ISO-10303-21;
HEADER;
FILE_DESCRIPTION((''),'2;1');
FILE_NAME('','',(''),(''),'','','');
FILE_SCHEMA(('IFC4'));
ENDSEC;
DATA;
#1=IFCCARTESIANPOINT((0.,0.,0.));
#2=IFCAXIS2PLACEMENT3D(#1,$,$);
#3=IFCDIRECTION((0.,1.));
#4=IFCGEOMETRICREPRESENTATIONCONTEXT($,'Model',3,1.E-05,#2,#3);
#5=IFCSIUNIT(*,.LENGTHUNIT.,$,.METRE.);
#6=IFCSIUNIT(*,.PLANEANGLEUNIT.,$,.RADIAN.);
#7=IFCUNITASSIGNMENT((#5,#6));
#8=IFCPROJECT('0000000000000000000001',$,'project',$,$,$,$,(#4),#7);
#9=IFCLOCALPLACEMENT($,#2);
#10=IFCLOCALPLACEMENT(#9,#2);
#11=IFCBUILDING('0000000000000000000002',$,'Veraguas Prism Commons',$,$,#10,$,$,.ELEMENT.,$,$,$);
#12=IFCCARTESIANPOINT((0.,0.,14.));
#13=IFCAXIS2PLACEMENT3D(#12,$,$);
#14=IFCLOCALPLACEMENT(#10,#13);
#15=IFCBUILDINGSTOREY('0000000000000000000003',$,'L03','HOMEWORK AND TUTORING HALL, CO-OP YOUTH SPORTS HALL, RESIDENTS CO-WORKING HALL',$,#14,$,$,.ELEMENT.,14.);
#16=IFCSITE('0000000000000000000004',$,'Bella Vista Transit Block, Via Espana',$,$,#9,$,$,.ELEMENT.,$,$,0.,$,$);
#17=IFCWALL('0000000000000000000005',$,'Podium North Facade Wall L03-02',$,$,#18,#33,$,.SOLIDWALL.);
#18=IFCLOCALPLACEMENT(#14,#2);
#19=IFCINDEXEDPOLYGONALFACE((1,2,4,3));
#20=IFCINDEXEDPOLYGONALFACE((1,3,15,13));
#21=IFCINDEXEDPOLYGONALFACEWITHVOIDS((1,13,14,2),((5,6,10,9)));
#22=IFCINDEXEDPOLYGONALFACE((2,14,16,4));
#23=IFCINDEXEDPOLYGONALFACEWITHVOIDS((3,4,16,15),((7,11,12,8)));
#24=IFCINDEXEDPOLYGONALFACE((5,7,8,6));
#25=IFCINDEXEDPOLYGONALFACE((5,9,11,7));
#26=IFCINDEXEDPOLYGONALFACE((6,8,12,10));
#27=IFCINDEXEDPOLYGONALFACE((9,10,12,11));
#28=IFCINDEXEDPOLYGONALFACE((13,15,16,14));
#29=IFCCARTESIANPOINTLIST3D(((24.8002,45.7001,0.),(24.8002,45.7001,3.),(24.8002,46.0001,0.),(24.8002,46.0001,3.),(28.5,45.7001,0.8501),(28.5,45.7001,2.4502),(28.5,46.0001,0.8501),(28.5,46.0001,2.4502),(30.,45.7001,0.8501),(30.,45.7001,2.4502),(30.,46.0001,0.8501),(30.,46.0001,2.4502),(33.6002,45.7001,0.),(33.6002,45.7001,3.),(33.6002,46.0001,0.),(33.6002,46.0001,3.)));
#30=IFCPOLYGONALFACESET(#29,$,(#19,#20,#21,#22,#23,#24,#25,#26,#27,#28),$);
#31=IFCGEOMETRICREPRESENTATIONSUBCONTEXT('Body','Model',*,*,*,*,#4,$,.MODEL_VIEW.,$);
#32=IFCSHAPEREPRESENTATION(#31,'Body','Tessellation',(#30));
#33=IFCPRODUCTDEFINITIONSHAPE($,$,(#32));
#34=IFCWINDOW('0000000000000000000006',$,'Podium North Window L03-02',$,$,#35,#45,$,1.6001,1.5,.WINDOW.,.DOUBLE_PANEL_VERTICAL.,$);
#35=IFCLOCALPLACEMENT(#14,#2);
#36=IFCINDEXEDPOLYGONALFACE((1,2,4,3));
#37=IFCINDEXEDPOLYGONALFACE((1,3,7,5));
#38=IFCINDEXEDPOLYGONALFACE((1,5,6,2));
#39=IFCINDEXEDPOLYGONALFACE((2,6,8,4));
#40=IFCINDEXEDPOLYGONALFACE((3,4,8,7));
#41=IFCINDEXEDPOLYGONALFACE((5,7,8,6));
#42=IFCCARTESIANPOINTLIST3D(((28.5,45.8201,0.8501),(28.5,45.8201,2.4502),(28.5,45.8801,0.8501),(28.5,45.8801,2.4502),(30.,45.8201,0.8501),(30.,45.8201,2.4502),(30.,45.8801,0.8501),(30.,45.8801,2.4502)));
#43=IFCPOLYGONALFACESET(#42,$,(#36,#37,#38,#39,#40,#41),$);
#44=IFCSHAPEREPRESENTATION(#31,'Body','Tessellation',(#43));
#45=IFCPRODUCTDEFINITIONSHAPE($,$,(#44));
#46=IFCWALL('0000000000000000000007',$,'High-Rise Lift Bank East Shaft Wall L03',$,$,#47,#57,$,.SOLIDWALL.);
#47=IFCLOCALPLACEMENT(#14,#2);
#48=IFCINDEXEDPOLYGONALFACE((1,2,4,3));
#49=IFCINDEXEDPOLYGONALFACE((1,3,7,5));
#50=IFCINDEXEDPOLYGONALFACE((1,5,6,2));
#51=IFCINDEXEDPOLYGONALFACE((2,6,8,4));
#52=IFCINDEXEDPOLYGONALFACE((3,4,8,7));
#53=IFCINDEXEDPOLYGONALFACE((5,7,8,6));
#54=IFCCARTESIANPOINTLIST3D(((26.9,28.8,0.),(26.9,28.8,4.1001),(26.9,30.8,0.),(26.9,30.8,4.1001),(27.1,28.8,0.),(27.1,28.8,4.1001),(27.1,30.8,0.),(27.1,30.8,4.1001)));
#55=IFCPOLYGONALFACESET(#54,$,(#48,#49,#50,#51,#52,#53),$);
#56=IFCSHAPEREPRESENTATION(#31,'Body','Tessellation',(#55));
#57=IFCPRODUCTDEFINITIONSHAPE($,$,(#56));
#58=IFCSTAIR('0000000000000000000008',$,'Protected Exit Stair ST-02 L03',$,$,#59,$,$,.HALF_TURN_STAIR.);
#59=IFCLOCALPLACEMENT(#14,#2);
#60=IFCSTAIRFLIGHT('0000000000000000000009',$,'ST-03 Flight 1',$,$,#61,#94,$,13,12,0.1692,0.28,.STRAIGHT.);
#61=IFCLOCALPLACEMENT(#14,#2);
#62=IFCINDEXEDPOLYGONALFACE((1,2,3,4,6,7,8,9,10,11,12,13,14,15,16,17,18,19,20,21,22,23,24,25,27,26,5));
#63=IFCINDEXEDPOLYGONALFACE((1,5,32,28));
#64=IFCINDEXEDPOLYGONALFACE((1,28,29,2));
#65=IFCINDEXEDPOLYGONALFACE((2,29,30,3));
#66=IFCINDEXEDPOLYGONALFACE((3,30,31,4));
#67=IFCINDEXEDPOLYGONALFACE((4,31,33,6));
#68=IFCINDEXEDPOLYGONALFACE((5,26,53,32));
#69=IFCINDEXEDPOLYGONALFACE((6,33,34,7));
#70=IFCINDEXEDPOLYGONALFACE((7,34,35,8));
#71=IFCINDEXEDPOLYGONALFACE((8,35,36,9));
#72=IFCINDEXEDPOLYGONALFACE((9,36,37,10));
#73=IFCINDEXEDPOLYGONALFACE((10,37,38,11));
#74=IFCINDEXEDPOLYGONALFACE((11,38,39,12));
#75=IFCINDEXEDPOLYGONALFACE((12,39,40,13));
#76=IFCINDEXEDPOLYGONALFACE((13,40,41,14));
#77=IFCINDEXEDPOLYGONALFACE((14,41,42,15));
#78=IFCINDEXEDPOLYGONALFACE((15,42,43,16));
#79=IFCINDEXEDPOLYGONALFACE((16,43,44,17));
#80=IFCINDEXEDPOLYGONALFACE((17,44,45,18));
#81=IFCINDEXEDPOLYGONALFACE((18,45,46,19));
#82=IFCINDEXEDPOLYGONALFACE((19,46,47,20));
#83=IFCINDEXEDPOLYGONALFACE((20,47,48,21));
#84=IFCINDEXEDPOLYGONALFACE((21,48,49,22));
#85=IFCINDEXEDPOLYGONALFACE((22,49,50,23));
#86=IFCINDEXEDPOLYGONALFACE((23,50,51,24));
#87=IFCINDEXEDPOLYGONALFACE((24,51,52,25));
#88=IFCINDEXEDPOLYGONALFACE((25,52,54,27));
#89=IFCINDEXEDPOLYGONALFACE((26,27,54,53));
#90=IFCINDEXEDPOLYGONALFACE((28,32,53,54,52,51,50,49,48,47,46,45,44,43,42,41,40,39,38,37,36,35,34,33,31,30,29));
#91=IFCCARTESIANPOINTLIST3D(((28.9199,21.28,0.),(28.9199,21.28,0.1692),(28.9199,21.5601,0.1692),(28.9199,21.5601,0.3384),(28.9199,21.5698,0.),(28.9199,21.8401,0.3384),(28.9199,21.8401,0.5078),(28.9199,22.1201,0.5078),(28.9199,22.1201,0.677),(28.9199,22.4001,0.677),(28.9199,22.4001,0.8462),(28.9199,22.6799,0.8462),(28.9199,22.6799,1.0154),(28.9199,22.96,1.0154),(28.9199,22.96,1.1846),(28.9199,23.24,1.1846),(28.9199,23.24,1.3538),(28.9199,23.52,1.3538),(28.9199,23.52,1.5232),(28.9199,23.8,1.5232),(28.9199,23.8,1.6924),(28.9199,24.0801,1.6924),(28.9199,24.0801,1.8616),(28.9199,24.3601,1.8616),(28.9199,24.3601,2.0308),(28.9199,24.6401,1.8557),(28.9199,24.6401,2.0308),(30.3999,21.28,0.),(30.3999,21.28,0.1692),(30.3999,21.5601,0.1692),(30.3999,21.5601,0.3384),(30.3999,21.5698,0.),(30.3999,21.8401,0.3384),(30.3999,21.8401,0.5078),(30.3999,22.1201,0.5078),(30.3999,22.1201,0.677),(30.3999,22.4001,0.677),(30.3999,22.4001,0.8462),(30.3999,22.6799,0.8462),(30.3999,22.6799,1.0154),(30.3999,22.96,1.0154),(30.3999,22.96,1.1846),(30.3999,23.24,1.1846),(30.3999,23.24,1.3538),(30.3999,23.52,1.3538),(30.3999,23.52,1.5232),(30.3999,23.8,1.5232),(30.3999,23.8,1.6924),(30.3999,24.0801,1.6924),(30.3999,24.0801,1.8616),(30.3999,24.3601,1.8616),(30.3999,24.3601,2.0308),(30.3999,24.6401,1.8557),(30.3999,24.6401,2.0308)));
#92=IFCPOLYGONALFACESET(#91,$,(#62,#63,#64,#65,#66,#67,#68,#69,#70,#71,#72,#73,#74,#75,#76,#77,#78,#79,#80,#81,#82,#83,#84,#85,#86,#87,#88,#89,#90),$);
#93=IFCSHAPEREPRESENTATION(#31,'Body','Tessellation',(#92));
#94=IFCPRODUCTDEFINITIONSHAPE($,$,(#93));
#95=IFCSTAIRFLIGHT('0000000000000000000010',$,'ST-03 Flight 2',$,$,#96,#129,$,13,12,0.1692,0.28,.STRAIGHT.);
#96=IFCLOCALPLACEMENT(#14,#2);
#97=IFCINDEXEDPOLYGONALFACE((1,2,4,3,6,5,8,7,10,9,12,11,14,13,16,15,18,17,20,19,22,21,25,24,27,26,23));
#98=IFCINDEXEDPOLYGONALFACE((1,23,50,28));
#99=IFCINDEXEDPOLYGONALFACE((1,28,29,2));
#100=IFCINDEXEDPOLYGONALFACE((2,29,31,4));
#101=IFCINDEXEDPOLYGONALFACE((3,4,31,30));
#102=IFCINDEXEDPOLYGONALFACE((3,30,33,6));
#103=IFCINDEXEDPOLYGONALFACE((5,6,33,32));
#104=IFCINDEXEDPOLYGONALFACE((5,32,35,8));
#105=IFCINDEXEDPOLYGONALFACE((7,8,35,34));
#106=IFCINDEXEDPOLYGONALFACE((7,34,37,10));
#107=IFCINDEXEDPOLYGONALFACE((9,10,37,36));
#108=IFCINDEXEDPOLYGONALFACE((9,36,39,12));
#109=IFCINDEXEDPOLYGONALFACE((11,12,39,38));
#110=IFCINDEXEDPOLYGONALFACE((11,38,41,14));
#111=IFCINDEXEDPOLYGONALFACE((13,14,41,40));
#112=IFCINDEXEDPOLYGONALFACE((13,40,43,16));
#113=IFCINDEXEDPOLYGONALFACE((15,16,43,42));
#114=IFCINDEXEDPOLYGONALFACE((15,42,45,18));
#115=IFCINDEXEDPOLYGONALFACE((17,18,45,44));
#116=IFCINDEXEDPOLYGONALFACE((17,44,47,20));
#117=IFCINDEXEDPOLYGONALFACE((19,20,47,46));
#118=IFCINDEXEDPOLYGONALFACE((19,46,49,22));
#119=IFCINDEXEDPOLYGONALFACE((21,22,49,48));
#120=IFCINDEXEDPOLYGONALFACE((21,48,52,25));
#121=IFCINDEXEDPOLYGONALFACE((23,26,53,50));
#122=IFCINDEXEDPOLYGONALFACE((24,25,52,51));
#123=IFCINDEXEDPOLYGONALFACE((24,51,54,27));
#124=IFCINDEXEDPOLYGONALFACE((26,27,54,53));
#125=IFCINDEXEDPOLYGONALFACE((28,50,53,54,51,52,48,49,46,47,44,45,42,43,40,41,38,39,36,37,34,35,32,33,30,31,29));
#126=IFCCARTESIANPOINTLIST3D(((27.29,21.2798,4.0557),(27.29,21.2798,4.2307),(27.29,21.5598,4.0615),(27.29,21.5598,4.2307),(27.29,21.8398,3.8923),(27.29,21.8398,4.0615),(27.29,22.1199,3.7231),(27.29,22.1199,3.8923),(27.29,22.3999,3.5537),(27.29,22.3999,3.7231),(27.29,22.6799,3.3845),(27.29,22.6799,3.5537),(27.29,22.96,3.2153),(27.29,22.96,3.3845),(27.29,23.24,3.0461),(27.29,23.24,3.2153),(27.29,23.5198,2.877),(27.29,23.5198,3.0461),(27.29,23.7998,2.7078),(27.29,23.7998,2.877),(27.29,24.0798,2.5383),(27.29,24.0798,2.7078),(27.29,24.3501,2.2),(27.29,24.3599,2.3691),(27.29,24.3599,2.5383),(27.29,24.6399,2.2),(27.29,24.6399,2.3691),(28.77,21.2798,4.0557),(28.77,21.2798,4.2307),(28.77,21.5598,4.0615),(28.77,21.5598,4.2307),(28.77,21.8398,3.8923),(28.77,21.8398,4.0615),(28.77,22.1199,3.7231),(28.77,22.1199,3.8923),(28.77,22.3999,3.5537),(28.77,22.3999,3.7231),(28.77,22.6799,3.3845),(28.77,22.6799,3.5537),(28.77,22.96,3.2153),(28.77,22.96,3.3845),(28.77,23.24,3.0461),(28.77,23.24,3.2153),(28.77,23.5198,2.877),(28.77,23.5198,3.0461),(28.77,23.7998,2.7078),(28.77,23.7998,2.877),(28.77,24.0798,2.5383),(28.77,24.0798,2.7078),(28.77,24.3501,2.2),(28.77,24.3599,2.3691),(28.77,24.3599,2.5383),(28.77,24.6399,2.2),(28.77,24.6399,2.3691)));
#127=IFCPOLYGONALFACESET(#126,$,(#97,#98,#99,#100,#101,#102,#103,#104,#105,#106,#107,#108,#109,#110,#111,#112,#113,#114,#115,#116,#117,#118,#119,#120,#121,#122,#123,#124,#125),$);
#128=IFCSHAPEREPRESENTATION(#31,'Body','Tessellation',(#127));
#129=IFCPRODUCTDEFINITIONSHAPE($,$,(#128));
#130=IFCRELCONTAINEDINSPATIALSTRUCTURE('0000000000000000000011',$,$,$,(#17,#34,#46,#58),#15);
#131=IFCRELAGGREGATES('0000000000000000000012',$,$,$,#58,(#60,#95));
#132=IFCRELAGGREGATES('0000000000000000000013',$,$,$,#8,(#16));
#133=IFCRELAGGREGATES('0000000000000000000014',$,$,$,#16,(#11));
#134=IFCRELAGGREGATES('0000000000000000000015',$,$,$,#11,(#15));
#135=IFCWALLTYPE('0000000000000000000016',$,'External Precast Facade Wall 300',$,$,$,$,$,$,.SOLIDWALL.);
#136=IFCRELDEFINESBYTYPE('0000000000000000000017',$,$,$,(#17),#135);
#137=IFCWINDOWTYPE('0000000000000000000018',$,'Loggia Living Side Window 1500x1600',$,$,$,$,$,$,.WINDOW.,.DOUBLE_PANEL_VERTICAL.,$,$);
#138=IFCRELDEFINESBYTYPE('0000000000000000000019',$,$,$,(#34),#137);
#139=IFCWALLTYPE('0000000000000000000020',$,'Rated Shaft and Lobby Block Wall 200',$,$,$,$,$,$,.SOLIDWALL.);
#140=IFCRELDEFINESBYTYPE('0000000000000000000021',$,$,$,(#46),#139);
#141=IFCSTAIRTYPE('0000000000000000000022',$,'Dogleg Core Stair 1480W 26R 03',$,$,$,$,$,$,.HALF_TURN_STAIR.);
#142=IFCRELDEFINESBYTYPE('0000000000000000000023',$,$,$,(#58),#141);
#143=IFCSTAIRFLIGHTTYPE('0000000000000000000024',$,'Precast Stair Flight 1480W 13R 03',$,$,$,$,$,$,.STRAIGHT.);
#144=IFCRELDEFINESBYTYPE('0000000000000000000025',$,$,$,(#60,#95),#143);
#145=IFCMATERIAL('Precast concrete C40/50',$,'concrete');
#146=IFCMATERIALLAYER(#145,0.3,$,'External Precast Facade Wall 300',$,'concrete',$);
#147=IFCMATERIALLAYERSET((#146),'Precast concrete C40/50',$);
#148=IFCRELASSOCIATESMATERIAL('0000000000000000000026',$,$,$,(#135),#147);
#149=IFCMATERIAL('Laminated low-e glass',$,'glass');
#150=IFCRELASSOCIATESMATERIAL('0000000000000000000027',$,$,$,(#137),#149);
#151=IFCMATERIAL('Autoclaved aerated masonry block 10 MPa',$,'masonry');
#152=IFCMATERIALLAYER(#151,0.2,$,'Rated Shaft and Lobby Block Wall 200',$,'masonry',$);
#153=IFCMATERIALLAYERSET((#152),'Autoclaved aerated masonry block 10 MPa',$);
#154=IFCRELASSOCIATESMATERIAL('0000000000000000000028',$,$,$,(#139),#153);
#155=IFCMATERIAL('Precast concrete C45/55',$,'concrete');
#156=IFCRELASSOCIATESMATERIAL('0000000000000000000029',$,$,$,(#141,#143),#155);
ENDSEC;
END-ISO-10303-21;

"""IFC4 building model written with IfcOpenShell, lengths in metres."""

from ifc_helpers import new_model, si_unit, direction, frame, frame_2d, origin, place, context, subcontext, project, spatial, polyline, rectangle, outline, extrude, source, transform, mapped, material, layer, layer_set, type_object, element, fill, aggregate, save


model = new_model("IFC4")

# Units and contexts
model_context = context("Model", 3, precision=1e-05, world=origin(), true_north=direction((0.0, 1.0)))
body_context = subcontext(model_context, "Body", "Model", "MODEL_VIEW")
ifc_project = project(units=[si_unit("LENGTHUNIT", "METRE"), si_unit("PLANEANGLEUNIT", "RADIAN")], contexts=[model_context])

# Site, building, storey
site_placement = place(None, origin())
site = spatial("IfcSite", under=ifc_project, at=site_placement, Name="Bella Vista Transit Block, Via Espana", CompositionType="ELEMENT", RefElevation=0.0)
building_placement = place(site_placement, origin())
building = spatial("IfcBuilding", under=site, at=building_placement, Name="Veraguas Prism Commons", CompositionType="ELEMENT")
storey_placement = place(building_placement, frame((0.0, 0.0, 14.0)))
storey = spatial("IfcBuildingStorey", under=building, at=storey_placement, Name="L03", Description="HOMEWORK AND TUTORING HALL, CO-OP YOUTH SPORTS HALL, RESIDENTS CO-WORKING HALL", CompositionType="ELEMENT", Elevation=14.0)

# Shared definitions
ifc_material_1 = material(Name="Autoclaved aerated masonry block 10 MPa", Category="masonry")

# Wall, opening, window
ifc_material_2 = material(Name="Precast concrete C40/50", Category="concrete")
ifc_layer_1 = layer(ifc_material_2, 0.3, Name="External Precast Facade Wall 300", Category="concrete")
ifc_layer_set_1 = layer_set([ifc_layer_1], Name="Precast concrete C40/50")
wall_type_1 = type_object("IfcWallType", Name="External Precast Facade Wall 300", PredefinedType="SOLIDWALL", material=ifc_layer_set_1)
wall_1_placement = place(storey_placement, frame((33.6001, 45.8501, 0.0), z_axis=(0.0, 0.0, 1.0), x_axis=(-1.0, 0.0, 0.0)))
wall_1 = element("IfcWall", 1, at=wall_1_placement, inside=storey, type_object=wall_type_1, Name="Podium North Facade Wall L03-02", PredefinedType="SOLIDWALL", context=body_context, shape_type="SweptSolid", body=[
    extrude(rectangle(XDim=8.8, YDim=0.3, at=frame_2d((4.3999, 0.0))), origin(), (0.0, 0.0, 1.0), 3.0),
])
opening_placement = place(wall_1_placement, frame((3.6001, 0.0, 0.8501)))
opening = element("IfcOpeningElement", 2, at=opening_placement, cuts=wall_1, PredefinedType="OPENING", context=body_context, shape_type="SweptSolid", body=[
    extrude(rectangle(XDim=1.5, YDim=1.6001, at=frame_2d((0.75, 0.8))), frame((0.0, 0.1599, 0.0), z_axis=(0.0, -1.0, 0.0), x_axis=(1.0, 0.0, 0.0)), (0.0, 0.0, 1.0), 0.3201),
])
ifc_material_3 = material(Name="Laminated low-e glass", Category="glass")
window_type = type_object("IfcWindowType", Name="Loggia Living Side Window 1500x1600", PartitioningType="DOUBLE_PANEL_VERTICAL", PredefinedType="WINDOW", material=ifc_material_3)
shared_shape = source(origin(), body_context, "Body", "SweptSolid", [
    extrude(rectangle(XDim=1.5, YDim=1.6001, at=frame_2d((0.75, 0.8))), frame((0.0, 0.03, 0.0), z_axis=(0.0, -1.0, 0.0), x_axis=(1.0, 0.0, 0.0)), (0.0, 0.0, 1.0), 0.0601),
])
window_placement = place(opening_placement, origin())
window = element("IfcWindow", 3, at=window_placement, inside=storey, type_object=window_type, Name="Podium North Window L03-02", OverallHeight=1.6001, OverallWidth=1.5, PartitioningType="DOUBLE_PANEL_VERTICAL", PredefinedType="WINDOW", context=body_context, shape_type="MappedRepresentation", body=[
    mapped(shared_shape, transform((0.0, 0.0, 0.0), scale=1.0)),
])
fill(opening, window)

# Wall
ifc_layer_2 = layer(ifc_material_1, 0.2, Name="Rated Shaft and Lobby Block Wall 200", Category="masonry")
ifc_layer_set_2 = layer_set([ifc_layer_2], Name="Autoclaved aerated masonry block 10 MPa")
wall_type_2 = type_object("IfcWallType", Name="Rated Shaft and Lobby Block Wall 200", PredefinedType="SOLIDWALL", material=ifc_layer_set_2)
wall_2_placement = place(storey_placement, frame((27.0, 28.8, 0.0), z_axis=(0.0, 0.0, 1.0), x_axis=(0.0, 1.0, 0.0)))
element("IfcWall", 4, at=wall_2_placement, inside=storey, type_object=wall_type_2, Name="High-Rise Lift Bank East Shaft Wall L03", PredefinedType="SOLIDWALL", context=body_context, shape_type="SweptSolid", body=[
    extrude(rectangle(XDim=2.0, YDim=0.2, at=frame_2d((1.0, 0.0))), origin(), (0.0, 0.0, 1.0), 4.1001),
])

# Stair, stair flights
ifc_material_4 = material(Name="Precast concrete C45/55", Category="concrete")
stair_type = type_object("IfcStairType", Name="Dogleg Core Stair 1480W 26R 03", PredefinedType="HALF_TURN_STAIR", material=ifc_material_4)
stair_placement = place(storey_placement, origin())
stair = element("IfcStair", 5, at=stair_placement, inside=storey, type_object=stair_type, Name="Protected Exit Stair ST-02 L03", PredefinedType="HALF_TURN_STAIR")
stair_flight_type = type_object("IfcStairFlightType", Name="Precast Stair Flight 1480W 13R 03", PredefinedType="STRAIGHT", material=ifc_material_4)
stair_flight_1_placement = place(storey_placement, frame((29.6599, 21.28, 0.0), z_axis=(0.0, 0.0, 1.0), x_axis=(0.0, 1.0, 0.0)))
stair_flight_1 = element("IfcStairFlight", 6, at=stair_flight_1_placement, type_object=stair_flight_type, Name="ST-03 Flight 1", NumberOfRisers=13, NumberOfTreads=12, PredefinedType="STRAIGHT", RiserHeight=0.1692, TreadLength=0.28, context=body_context, shape_type="SweptSolid", body=[
    extrude(outline(polyline([(0.0, 0.0), (0.0, 0.1692), (0.28, 0.1692), (0.28, 0.3384), (0.5601, 0.3384), (0.5601, 0.5078), (0.8401, 0.5078), (0.8401, 0.677), (1.1201, 0.677), (1.1201, 0.8462), (1.3999, 0.8462), (1.3999, 1.0154), (1.6799, 1.0154), (1.6799, 1.1846), (1.96, 1.1846), (1.96, 1.3538), (2.24, 1.3538), (2.24, 1.5232), (2.52, 1.5232), (2.52, 1.6924), (2.8, 1.6924), (2.8, 1.8616), (3.0801, 1.8616), (3.0801, 2.0308), (3.3601, 2.0308), (3.3601, 2.2), (3.3601, 1.8557), (0.2898, 0.0), (0.0, 0.0)])), frame((0.0, 0.74, 0.0), z_axis=(0.0, -1.0, 0.0), x_axis=(1.0, 0.0, 0.0)), (0.0, 0.0, 1.0), 1.48),
])
stair_flight_2_placement = place(storey_placement, frame((28.03, 24.6399, 2.2), z_axis=(0.0, 0.0, 1.0), x_axis=(0.0, -1.0, 0.0)))
stair_flight_2 = element("IfcStairFlight", 7, at=stair_flight_2_placement, type_object=stair_flight_type, Name="ST-03 Flight 2", NumberOfRisers=13, NumberOfTreads=12, PredefinedType="STRAIGHT", RiserHeight=0.1692, TreadLength=0.28, context=body_context, shape_type="SweptSolid", body=[
    extrude(outline(polyline([(0.0, 0.0), (0.0, 0.1692), (0.28, 0.1692), (0.28, 0.3384), (0.5601, 0.3384), (0.5601, 0.5078), (0.8401, 0.5078), (0.8401, 0.677), (1.1201, 0.677), (1.1201, 0.8462), (1.3999, 0.8462), (1.3999, 1.0154), (1.6799, 1.0154), (1.6799, 1.1846), (1.96, 1.1846), (1.96, 1.3538), (2.24, 1.3538), (2.24, 1.5232), (2.52, 1.5232), (2.52, 1.6924), (2.8, 1.6924), (2.8, 1.8616), (3.0801, 1.8616), (3.0801, 2.0308), (3.3601, 2.0308), (3.3601, 2.2), (3.3601, 1.8557), (0.2898, 0.0), (0.0, 0.0)])), frame((0.0, 0.74, 0.0), z_axis=(0.0, -1.0, 0.0), x_axis=(1.0, 0.0, 0.0)), (0.0, 0.0, 1.0), 1.48),
])
aggregate(stair, [stair_flight_1, stair_flight_2])

save(model, "model.ifc")
